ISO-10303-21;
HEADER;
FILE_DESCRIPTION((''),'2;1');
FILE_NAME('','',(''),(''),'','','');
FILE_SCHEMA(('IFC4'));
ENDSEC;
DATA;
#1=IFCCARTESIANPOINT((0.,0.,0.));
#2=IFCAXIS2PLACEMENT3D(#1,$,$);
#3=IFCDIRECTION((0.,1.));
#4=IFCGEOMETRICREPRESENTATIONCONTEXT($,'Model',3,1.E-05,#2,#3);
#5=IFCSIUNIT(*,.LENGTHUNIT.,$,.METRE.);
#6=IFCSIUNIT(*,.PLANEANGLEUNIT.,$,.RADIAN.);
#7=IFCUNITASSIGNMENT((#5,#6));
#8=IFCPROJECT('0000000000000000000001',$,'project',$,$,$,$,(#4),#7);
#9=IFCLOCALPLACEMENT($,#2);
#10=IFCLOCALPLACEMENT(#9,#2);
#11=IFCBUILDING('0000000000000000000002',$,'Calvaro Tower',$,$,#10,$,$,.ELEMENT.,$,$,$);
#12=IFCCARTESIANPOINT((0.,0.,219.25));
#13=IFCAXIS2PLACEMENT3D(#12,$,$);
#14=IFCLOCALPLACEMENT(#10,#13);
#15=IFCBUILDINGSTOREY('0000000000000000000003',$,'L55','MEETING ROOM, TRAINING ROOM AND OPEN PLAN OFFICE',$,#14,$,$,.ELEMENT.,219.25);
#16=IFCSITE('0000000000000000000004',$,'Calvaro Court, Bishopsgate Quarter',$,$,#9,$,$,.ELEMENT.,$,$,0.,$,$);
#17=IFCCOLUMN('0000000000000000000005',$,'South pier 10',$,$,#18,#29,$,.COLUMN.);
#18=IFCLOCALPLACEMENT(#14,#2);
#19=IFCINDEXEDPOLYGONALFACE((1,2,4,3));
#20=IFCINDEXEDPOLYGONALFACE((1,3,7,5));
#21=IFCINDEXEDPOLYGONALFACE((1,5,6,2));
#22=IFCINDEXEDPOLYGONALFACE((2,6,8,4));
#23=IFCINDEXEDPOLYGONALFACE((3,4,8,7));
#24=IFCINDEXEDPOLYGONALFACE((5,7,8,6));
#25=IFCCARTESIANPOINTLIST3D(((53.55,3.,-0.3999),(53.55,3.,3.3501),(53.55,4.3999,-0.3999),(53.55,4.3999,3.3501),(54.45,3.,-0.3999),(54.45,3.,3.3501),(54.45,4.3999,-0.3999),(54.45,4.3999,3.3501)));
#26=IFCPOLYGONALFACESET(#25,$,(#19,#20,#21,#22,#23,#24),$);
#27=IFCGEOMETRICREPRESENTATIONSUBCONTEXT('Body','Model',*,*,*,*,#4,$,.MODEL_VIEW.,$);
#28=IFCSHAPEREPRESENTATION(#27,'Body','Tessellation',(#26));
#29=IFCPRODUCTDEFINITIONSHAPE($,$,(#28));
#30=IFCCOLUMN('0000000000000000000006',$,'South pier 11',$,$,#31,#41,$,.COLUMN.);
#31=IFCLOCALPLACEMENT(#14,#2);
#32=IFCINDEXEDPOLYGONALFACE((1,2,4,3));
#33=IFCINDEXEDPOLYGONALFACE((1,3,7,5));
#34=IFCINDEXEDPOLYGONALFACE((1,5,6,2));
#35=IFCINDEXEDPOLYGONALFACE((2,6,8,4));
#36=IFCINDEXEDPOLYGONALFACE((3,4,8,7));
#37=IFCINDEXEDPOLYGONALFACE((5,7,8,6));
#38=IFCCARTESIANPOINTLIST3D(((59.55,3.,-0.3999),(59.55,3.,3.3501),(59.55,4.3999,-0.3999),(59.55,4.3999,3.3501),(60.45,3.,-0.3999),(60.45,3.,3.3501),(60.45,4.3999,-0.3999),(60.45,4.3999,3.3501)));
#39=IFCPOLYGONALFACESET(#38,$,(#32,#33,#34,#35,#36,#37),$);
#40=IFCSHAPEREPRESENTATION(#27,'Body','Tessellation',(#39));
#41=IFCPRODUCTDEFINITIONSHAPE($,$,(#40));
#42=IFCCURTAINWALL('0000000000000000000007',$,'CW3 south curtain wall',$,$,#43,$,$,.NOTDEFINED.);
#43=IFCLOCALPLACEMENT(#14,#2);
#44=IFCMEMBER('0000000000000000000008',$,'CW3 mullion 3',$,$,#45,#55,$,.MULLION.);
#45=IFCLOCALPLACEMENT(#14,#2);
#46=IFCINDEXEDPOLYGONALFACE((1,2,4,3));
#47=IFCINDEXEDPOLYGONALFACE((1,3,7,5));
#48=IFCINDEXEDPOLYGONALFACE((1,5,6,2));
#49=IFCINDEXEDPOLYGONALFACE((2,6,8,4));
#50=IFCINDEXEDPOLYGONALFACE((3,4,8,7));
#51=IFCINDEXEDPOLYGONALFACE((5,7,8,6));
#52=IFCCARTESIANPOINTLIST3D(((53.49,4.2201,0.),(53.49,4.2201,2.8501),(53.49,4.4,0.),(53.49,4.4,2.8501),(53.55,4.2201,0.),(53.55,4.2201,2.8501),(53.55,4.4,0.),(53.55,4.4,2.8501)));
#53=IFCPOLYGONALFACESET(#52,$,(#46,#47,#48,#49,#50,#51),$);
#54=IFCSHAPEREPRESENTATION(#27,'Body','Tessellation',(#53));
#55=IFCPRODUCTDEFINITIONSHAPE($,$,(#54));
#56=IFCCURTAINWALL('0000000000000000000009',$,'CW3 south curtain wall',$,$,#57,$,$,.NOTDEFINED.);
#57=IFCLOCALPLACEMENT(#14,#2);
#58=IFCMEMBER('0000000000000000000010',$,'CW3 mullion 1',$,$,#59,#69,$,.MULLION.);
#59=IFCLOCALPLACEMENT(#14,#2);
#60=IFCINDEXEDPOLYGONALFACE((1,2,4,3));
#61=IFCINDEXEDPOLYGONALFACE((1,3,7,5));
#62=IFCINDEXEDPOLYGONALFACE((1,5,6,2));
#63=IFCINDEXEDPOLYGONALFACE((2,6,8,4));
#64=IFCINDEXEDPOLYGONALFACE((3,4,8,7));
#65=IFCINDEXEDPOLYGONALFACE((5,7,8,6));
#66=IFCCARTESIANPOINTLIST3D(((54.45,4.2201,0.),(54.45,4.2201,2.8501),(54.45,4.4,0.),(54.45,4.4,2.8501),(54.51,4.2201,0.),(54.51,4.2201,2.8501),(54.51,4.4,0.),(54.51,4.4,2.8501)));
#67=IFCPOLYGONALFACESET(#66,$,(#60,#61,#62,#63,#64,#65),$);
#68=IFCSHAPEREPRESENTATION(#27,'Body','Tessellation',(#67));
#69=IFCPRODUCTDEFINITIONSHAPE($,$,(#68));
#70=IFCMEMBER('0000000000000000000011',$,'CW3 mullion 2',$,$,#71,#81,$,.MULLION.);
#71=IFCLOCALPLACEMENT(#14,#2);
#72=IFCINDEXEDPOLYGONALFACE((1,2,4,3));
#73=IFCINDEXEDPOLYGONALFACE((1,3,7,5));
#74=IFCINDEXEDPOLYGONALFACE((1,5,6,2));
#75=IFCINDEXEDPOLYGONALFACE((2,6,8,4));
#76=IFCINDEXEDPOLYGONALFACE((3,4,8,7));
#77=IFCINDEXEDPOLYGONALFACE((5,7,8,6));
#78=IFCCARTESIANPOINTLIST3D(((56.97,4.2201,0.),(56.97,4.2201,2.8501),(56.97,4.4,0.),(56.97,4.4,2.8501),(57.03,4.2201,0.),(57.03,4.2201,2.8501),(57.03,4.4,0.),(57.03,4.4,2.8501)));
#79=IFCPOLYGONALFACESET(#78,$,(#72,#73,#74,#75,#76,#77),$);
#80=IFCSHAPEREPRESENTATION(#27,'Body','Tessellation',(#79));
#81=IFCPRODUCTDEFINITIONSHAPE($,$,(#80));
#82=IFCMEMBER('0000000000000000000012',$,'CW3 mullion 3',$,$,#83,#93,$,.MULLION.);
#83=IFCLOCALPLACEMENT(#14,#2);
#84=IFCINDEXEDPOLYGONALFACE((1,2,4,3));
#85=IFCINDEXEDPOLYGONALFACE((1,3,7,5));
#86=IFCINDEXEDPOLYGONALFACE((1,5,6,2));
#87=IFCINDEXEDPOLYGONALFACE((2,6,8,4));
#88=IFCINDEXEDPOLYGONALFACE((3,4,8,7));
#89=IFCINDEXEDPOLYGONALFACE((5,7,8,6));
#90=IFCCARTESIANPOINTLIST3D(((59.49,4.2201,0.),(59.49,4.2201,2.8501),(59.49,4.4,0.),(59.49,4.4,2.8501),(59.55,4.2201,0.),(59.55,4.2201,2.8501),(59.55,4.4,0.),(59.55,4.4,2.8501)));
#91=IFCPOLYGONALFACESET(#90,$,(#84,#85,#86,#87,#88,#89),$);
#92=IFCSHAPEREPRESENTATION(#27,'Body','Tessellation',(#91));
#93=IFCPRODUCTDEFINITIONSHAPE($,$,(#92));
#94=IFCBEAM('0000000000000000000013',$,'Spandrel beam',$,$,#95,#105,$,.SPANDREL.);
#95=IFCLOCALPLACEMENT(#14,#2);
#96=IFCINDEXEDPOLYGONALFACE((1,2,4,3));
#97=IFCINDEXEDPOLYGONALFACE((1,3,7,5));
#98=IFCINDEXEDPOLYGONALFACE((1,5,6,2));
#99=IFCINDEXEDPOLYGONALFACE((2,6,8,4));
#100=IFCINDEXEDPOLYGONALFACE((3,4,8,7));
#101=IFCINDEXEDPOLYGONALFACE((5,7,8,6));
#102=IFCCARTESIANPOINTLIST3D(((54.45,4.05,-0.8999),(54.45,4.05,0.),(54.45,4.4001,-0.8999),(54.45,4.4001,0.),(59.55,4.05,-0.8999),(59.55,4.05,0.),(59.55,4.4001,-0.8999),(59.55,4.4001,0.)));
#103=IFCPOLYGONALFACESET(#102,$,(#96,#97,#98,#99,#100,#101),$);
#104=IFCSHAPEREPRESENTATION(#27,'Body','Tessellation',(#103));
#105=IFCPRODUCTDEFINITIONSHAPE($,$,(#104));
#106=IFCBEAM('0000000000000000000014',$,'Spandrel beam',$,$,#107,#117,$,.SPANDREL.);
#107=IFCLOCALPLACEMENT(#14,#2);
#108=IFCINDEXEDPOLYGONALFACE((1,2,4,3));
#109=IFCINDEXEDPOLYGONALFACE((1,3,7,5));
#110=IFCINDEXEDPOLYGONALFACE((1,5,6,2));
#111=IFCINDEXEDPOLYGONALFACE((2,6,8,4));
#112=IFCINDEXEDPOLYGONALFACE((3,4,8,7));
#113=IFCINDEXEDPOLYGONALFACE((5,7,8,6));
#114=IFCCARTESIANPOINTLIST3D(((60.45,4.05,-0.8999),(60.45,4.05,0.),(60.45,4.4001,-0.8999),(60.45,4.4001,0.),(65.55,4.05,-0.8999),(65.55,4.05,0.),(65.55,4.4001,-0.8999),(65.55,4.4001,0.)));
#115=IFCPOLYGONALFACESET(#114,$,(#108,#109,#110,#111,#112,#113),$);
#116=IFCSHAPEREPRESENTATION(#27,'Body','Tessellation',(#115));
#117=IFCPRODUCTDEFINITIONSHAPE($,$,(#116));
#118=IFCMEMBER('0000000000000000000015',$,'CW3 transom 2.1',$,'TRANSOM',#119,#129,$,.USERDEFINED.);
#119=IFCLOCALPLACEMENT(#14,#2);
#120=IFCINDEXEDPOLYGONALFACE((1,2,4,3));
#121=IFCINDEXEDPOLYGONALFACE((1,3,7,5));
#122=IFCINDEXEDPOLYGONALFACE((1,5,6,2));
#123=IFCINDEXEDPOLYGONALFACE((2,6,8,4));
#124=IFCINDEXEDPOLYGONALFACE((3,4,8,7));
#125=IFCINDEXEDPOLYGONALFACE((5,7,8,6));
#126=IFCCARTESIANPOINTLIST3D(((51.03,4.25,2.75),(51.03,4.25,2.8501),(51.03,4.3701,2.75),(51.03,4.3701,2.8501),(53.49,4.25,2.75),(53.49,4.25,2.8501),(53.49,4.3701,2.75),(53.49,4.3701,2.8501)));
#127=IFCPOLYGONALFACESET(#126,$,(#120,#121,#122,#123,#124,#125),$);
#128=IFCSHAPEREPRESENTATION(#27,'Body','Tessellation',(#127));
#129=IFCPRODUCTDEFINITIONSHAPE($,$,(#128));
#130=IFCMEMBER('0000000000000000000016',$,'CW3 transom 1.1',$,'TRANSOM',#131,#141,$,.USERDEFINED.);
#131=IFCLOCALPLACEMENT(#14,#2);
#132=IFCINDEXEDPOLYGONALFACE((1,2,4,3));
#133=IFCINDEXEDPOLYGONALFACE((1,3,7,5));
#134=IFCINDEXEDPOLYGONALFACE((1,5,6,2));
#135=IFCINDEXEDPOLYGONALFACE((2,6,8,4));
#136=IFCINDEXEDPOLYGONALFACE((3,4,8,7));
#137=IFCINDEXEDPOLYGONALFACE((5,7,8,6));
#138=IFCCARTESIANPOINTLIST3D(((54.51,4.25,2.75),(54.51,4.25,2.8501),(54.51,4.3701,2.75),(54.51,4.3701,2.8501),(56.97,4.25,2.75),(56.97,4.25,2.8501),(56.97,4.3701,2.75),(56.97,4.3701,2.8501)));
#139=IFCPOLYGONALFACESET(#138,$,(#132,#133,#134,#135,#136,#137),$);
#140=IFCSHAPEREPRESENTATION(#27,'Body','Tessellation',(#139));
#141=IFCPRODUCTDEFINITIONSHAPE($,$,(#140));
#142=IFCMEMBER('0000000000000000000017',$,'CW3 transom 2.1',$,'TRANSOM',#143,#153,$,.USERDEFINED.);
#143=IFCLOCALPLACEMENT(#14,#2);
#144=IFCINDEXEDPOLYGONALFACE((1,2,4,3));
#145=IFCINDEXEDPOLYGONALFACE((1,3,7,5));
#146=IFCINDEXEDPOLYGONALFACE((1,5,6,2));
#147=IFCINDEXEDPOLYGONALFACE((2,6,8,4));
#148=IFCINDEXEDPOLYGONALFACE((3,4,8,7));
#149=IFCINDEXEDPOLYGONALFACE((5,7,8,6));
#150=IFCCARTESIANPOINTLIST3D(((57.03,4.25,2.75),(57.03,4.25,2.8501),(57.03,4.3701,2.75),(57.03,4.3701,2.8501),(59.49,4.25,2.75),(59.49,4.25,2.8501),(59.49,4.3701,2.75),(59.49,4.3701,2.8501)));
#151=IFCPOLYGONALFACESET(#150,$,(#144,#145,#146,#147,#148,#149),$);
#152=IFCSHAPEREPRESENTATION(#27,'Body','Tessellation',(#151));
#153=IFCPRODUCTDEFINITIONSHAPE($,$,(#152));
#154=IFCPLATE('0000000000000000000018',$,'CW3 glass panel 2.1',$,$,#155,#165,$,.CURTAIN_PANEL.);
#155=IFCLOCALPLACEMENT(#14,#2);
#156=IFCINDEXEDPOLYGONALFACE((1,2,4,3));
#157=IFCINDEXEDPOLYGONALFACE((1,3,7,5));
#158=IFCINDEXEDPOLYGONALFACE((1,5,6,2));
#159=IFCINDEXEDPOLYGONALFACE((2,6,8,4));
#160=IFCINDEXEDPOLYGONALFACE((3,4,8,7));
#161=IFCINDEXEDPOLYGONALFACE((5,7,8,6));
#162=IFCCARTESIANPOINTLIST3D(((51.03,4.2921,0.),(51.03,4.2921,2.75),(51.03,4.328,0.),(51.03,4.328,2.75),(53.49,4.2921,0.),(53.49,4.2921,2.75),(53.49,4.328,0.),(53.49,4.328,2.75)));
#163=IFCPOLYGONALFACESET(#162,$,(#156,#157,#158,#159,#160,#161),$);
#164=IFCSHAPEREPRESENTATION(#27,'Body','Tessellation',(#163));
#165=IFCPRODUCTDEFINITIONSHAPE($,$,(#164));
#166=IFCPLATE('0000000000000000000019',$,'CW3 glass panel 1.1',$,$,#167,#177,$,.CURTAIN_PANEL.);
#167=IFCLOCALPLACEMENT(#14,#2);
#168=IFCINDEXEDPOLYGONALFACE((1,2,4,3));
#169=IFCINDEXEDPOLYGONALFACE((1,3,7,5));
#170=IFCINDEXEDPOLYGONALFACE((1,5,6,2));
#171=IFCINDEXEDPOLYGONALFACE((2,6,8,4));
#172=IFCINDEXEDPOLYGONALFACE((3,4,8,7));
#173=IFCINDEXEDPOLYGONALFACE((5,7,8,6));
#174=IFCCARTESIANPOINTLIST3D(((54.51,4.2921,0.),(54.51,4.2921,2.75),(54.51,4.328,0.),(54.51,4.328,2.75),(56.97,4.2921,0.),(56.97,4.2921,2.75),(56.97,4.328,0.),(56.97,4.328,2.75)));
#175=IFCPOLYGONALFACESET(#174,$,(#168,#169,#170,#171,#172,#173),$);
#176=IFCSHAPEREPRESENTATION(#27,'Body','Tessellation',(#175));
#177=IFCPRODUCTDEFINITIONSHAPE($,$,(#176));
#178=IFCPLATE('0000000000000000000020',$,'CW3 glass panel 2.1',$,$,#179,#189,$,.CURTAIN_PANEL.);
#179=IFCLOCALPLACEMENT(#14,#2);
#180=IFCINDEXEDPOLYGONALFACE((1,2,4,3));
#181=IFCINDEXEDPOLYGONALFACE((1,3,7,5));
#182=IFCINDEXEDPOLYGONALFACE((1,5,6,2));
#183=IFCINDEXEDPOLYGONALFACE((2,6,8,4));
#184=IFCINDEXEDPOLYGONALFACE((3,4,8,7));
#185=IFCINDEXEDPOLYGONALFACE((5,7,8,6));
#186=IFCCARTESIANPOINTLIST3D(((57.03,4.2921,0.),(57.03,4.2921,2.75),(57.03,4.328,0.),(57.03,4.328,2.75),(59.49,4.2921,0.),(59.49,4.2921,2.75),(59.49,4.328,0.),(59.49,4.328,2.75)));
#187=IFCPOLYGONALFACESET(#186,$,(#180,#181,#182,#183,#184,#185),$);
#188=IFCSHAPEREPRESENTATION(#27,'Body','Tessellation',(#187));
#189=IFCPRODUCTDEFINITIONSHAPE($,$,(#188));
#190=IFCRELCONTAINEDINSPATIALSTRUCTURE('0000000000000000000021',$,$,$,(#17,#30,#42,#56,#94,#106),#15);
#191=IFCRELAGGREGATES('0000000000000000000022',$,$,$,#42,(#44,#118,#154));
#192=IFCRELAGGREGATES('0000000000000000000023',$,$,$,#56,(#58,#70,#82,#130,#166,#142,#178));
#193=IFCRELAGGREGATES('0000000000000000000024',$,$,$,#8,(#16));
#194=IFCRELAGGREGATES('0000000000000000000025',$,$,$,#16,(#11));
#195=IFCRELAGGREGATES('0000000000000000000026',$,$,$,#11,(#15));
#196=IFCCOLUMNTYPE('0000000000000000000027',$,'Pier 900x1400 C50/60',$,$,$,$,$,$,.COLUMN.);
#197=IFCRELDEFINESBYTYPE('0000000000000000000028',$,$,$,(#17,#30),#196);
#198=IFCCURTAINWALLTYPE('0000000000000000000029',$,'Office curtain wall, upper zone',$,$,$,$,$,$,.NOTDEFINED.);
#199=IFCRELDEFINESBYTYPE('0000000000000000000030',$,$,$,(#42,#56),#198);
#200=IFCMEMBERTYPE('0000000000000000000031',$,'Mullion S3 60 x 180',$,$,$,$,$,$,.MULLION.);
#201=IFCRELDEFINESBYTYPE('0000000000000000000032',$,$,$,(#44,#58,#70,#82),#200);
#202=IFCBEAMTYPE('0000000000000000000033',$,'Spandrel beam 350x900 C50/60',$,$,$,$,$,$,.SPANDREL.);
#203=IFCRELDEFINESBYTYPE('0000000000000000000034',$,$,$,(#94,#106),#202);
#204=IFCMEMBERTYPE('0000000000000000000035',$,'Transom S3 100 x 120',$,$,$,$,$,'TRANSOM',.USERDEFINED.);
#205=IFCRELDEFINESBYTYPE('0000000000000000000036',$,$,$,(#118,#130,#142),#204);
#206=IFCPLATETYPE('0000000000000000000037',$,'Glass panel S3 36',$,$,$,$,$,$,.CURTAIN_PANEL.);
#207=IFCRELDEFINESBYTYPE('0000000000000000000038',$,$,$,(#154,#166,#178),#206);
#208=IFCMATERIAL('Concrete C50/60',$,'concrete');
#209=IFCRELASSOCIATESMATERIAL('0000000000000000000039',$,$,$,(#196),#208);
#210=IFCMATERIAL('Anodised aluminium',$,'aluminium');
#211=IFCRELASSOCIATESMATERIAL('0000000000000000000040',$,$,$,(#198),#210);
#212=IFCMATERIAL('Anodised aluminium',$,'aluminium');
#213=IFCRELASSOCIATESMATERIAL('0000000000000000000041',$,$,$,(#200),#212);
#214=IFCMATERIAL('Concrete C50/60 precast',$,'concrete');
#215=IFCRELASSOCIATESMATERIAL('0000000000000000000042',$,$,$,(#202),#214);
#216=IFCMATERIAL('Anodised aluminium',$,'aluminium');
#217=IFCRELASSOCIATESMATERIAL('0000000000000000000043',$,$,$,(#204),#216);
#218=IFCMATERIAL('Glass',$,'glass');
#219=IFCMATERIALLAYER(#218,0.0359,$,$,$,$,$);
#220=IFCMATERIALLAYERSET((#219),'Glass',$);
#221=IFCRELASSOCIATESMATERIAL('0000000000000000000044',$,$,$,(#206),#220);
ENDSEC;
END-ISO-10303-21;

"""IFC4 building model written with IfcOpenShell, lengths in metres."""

from ifc_helpers import new_model, si_unit, direction, frame, origin, origin_2d, place, context, subcontext, project, spatial, rectangle, extrude, material, layer, layer_set, material_profile, profile_set, type_object, element, aggregate, save


model = new_model("IFC4")

# Units and contexts
model_context = context("Model", 3, precision=1e-05, world=origin(), true_north=direction((0.0, 1.0)))
body_context = subcontext(model_context, "Body", "Model", "MODEL_VIEW")
ifc_project = project(units=[si_unit("LENGTHUNIT", "METRE"), si_unit("PLANEANGLEUNIT", "RADIAN")], contexts=[model_context])

# Site, building, storey
site_placement = place(None, origin())
site = spatial("IfcSite", under=ifc_project, at=site_placement, Name="Calvaro Court, Bishopsgate Quarter", CompositionType="ELEMENT", RefElevation=0.0)
building_placement = place(site_placement, origin())
building = spatial("IfcBuilding", under=site, at=building_placement, Name="Calvaro Tower", CompositionType="ELEMENT")
storey_placement = place(building_placement, frame((0.0, 0.0, 219.25)))
storey = spatial("IfcBuildingStorey", under=building, at=storey_placement, Name="L55", Description="MEETING ROOM, TRAINING ROOM AND OPEN PLAN OFFICE", CompositionType="ELEMENT", Elevation=219.25)

# Columns
ifc_material_1 = material(Name="Concrete C50/60", Category="concrete")
ifc_material_profile_1 = material_profile(ifc_material_1, rectangle(XDim=0.8999, YDim=1.3999, at=origin_2d()), Name="RC 900x1400")
ifc_profile_set_1 = profile_set([ifc_material_profile_1], Name="Concrete C50/60")
column_type = type_object("IfcColumnType", Name="Pier 900x1400 C50/60", PredefinedType="COLUMN", material=ifc_profile_set_1)
for number, where, z_axis, x_axis, name in (
    (1, (54.0, 3.7, -0.3999), (0.0, 0.0, 1.0), (1.0, 0.0, 0.0), "South pier 10"),
    (2, (60.0, 3.7, -0.3999), (0.0, 0.0, 1.0), (1.0, 0.0, 0.0), "South pier 11"),
):
    element("IfcColumn", number, at=place(storey_placement, frame(where, z_axis=z_axis, x_axis=x_axis)), inside=storey, type_object=column_type, Name=name, PredefinedType="COLUMN", context=body_context, shape_type="SweptSolid", body=[
        extrude(rectangle(XDim=0.8999, YDim=1.3999, at=origin_2d()), origin(), (0.0, 0.0, 1.0), 3.75),
    ])

# Curtain wall, member
ifc_material_2 = material(Name="Anodised aluminium", Category="aluminium")
curtain_wall_type = type_object("IfcCurtainWallType", Name="Office curtain wall, upper zone", PredefinedType="NOTDEFINED", material=ifc_material_2)
curtain_wall_1_placement = place(storey_placement, origin())
curtain_wall_1 = element("IfcCurtainWall", 3, at=curtain_wall_1_placement, inside=storey, type_object=curtain_wall_type, Name="CW3 south curtain wall", PredefinedType="NOTDEFINED")
ifc_material_3 = material(Name="Anodised aluminium", Category="aluminium")
ifc_material_profile_2 = material_profile(ifc_material_3, rectangle(XDim=0.1799, YDim=0.0601, at=origin_2d()), Name="Mullion S3 60 x 180")
ifc_profile_set_2 = profile_set([ifc_material_profile_2], Name="Anodised aluminium")
member_type_1 = type_object("IfcMemberType", Name="Mullion S3 60 x 180", PredefinedType="MULLION", material=ifc_profile_set_2)
member_1_placement = place(storey_placement, frame((53.52, 4.3101, 0.0), z_axis=(0.0, 0.0, 1.0), x_axis=(0.0, 1.0, 0.0)))
member_1 = element("IfcMember", 4, at=member_1_placement, type_object=member_type_1, Name="CW3 mullion 3", PredefinedType="MULLION", context=body_context, shape_type="SweptSolid", body=[
    extrude(rectangle(XDim=0.1799, YDim=0.0601, at=origin_2d()), origin(), (0.0, 0.0, 1.0), 2.8501),
])

# Curtain wall, members
curtain_wall_2_placement = place(storey_placement, origin())
curtain_wall_2 = element("IfcCurtainWall", 5, at=curtain_wall_2_placement, inside=storey, type_object=curtain_wall_type, Name="CW3 south curtain wall", PredefinedType="NOTDEFINED")
member_2_placement = place(storey_placement, frame((54.48, 4.3101, 0.0), z_axis=(0.0, 0.0, 1.0), x_axis=(0.0, 1.0, 0.0)))
member_2 = element("IfcMember", 6, at=member_2_placement, type_object=member_type_1, Name="CW3 mullion 1", PredefinedType="MULLION", context=body_context, shape_type="SweptSolid", body=[
    extrude(rectangle(XDim=0.1799, YDim=0.0601, at=origin_2d()), origin(), (0.0, 0.0, 1.0), 2.8501),
])
member_3_placement = place(storey_placement, frame((57.0, 4.3101, 0.0), z_axis=(0.0, 0.0, 1.0), x_axis=(0.0, 1.0, 0.0)))
member_3 = element("IfcMember", 7, at=member_3_placement, type_object=member_type_1, Name="CW3 mullion 2", PredefinedType="MULLION", context=body_context, shape_type="SweptSolid", body=[
    extrude(rectangle(XDim=0.1799, YDim=0.0601, at=origin_2d()), origin(), (0.0, 0.0, 1.0), 2.8501),
])
member_4_placement = place(storey_placement, frame((59.52, 4.3101, 0.0), z_axis=(0.0, 0.0, 1.0), x_axis=(0.0, 1.0, 0.0)))
member_4 = element("IfcMember", 8, at=member_4_placement, type_object=member_type_1, Name="CW3 mullion 3", PredefinedType="MULLION", context=body_context, shape_type="SweptSolid", body=[
    extrude(rectangle(XDim=0.1799, YDim=0.0601, at=origin_2d()), origin(), (0.0, 0.0, 1.0), 2.8501),
])

# Beams
ifc_material_4 = material(Name="Concrete C50/60 precast", Category="concrete")
ifc_material_profile_3 = material_profile(ifc_material_4, rectangle(XDim=0.3501, YDim=0.8999, at=origin_2d()), Name="RC 350x900")
ifc_profile_set_3 = profile_set([ifc_material_profile_3], Name="Concrete C50/60 precast")
beam_type = type_object("IfcBeamType", Name="Spandrel beam 350x900 C50/60", PredefinedType="SPANDREL", material=ifc_profile_set_3)
for number, where, z_axis, x_axis, name in (
    (9, (54.45, 4.2251, -0.45), (1.0, 0.0, 0.0), (0.0, 1.0, 0.0), "Spandrel beam"),
    (10, (60.45, 4.2251, -0.45), (1.0, 0.0, 0.0), (0.0, 1.0, 0.0), "Spandrel beam"),
):
    element("IfcBeam", number, at=place(storey_placement, frame(where, z_axis=z_axis, x_axis=x_axis)), inside=storey, type_object=beam_type, Name=name, PredefinedType="SPANDREL", context=body_context, shape_type="SweptSolid", body=[
        extrude(rectangle(XDim=0.3501, YDim=0.8999, at=origin_2d()), origin(), (0.0, 0.0, 1.0), 5.1001),
    ])

# Members
ifc_material_5 = material(Name="Anodised aluminium", Category="aluminium")
ifc_material_profile_4 = material_profile(ifc_material_5, rectangle(XDim=0.1201, YDim=0.1001, at=origin_2d()), Name="Transom S3 100 x 120")
ifc_profile_set_4 = profile_set([ifc_material_profile_4], Name="Anodised aluminium")
member_type_2 = type_object("IfcMemberType", Name="Transom S3 100 x 120", ElementType="TRANSOM", PredefinedType="USERDEFINED", material=ifc_profile_set_4)
member_5_placement = place(storey_placement, frame((51.03, 4.3101, 2.8), z_axis=(1.0, 0.0, 0.0), x_axis=(0.0, 1.0, 0.0)))
member_5 = element("IfcMember", 11, at=member_5_placement, type_object=member_type_2, Name="CW3 transom 2.1", ObjectType="TRANSOM", PredefinedType="USERDEFINED", context=body_context, shape_type="SweptSolid", body=[
    extrude(rectangle(XDim=0.1201, YDim=0.1001, at=origin_2d()), origin(), (0.0, 0.0, 1.0), 2.46),
])
member_6_placement = place(storey_placement, frame((54.51, 4.3101, 2.8), z_axis=(1.0, 0.0, 0.0), x_axis=(0.0, 1.0, 0.0)))
member_6 = element("IfcMember", 12, at=member_6_placement, type_object=member_type_2, Name="CW3 transom 1.1", ObjectType="TRANSOM", PredefinedType="USERDEFINED", context=body_context, shape_type="SweptSolid", body=[
    extrude(rectangle(XDim=0.1201, YDim=0.1001, at=origin_2d()), origin(), (0.0, 0.0, 1.0), 2.46),
])
member_7_placement = place(storey_placement, frame((57.03, 4.3101, 2.8), z_axis=(1.0, 0.0, 0.0), x_axis=(0.0, 1.0, 0.0)))
member_7 = element("IfcMember", 13, at=member_7_placement, type_object=member_type_2, Name="CW3 transom 2.1", ObjectType="TRANSOM", PredefinedType="USERDEFINED", context=body_context, shape_type="SweptSolid", body=[
    extrude(rectangle(XDim=0.1201, YDim=0.1001, at=origin_2d()), origin(), (0.0, 0.0, 1.0), 2.46),
])

# Plates
ifc_material_6 = material(Name="Glass", Category="glass")
ifc_layer = layer(ifc_material_6, 0.0359)
ifc_layer_set = layer_set([ifc_layer], Name="Glass")
plate_type = type_object("IfcPlateType", Name="Glass panel S3 36", PredefinedType="CURTAIN_PANEL", material=ifc_layer_set)
plate_1_placement = place(storey_placement, frame((52.26, 4.3101, 0.0), z_axis=(0.0, 0.0, 1.0), x_axis=(1.0, 0.0, 0.0)))
plate_1 = element("IfcPlate", 14, at=plate_1_placement, type_object=plate_type, Name="CW3 glass panel 2.1", PredefinedType="CURTAIN_PANEL", context=body_context, shape_type="SweptSolid", body=[
    extrude(rectangle(XDim=2.46, YDim=0.0359, at=origin_2d()), origin(), (0.0, 0.0, 1.0), 2.75),
])
aggregate(curtain_wall_1, [member_1, member_5, plate_1])
plate_2_placement = place(storey_placement, frame((55.74, 4.3101, 0.0), z_axis=(0.0, 0.0, 1.0), x_axis=(1.0, 0.0, 0.0)))
plate_2 = element("IfcPlate", 15, at=plate_2_placement, type_object=plate_type, Name="CW3 glass panel 1.1", PredefinedType="CURTAIN_PANEL", context=body_context, shape_type="SweptSolid", body=[
    extrude(rectangle(XDim=2.46, YDim=0.0359, at=origin_2d()), origin(), (0.0, 0.0, 1.0), 2.75),
])
plate_3_placement = place(storey_placement, frame((58.26, 4.3101, 0.0), z_axis=(0.0, 0.0, 1.0), x_axis=(1.0, 0.0, 0.0)))
plate_3 = element("IfcPlate", 16, at=plate_3_placement, type_object=plate_type, Name="CW3 glass panel 2.1", PredefinedType="CURTAIN_PANEL", context=body_context, shape_type="SweptSolid", body=[
    extrude(rectangle(XDim=2.46, YDim=0.0359, at=origin_2d()), origin(), (0.0, 0.0, 1.0), 2.75),
])
aggregate(curtain_wall_2, [member_2, member_3, member_4, member_6, plate_2, member_7, plate_3])

save(model, "model.ifc")
